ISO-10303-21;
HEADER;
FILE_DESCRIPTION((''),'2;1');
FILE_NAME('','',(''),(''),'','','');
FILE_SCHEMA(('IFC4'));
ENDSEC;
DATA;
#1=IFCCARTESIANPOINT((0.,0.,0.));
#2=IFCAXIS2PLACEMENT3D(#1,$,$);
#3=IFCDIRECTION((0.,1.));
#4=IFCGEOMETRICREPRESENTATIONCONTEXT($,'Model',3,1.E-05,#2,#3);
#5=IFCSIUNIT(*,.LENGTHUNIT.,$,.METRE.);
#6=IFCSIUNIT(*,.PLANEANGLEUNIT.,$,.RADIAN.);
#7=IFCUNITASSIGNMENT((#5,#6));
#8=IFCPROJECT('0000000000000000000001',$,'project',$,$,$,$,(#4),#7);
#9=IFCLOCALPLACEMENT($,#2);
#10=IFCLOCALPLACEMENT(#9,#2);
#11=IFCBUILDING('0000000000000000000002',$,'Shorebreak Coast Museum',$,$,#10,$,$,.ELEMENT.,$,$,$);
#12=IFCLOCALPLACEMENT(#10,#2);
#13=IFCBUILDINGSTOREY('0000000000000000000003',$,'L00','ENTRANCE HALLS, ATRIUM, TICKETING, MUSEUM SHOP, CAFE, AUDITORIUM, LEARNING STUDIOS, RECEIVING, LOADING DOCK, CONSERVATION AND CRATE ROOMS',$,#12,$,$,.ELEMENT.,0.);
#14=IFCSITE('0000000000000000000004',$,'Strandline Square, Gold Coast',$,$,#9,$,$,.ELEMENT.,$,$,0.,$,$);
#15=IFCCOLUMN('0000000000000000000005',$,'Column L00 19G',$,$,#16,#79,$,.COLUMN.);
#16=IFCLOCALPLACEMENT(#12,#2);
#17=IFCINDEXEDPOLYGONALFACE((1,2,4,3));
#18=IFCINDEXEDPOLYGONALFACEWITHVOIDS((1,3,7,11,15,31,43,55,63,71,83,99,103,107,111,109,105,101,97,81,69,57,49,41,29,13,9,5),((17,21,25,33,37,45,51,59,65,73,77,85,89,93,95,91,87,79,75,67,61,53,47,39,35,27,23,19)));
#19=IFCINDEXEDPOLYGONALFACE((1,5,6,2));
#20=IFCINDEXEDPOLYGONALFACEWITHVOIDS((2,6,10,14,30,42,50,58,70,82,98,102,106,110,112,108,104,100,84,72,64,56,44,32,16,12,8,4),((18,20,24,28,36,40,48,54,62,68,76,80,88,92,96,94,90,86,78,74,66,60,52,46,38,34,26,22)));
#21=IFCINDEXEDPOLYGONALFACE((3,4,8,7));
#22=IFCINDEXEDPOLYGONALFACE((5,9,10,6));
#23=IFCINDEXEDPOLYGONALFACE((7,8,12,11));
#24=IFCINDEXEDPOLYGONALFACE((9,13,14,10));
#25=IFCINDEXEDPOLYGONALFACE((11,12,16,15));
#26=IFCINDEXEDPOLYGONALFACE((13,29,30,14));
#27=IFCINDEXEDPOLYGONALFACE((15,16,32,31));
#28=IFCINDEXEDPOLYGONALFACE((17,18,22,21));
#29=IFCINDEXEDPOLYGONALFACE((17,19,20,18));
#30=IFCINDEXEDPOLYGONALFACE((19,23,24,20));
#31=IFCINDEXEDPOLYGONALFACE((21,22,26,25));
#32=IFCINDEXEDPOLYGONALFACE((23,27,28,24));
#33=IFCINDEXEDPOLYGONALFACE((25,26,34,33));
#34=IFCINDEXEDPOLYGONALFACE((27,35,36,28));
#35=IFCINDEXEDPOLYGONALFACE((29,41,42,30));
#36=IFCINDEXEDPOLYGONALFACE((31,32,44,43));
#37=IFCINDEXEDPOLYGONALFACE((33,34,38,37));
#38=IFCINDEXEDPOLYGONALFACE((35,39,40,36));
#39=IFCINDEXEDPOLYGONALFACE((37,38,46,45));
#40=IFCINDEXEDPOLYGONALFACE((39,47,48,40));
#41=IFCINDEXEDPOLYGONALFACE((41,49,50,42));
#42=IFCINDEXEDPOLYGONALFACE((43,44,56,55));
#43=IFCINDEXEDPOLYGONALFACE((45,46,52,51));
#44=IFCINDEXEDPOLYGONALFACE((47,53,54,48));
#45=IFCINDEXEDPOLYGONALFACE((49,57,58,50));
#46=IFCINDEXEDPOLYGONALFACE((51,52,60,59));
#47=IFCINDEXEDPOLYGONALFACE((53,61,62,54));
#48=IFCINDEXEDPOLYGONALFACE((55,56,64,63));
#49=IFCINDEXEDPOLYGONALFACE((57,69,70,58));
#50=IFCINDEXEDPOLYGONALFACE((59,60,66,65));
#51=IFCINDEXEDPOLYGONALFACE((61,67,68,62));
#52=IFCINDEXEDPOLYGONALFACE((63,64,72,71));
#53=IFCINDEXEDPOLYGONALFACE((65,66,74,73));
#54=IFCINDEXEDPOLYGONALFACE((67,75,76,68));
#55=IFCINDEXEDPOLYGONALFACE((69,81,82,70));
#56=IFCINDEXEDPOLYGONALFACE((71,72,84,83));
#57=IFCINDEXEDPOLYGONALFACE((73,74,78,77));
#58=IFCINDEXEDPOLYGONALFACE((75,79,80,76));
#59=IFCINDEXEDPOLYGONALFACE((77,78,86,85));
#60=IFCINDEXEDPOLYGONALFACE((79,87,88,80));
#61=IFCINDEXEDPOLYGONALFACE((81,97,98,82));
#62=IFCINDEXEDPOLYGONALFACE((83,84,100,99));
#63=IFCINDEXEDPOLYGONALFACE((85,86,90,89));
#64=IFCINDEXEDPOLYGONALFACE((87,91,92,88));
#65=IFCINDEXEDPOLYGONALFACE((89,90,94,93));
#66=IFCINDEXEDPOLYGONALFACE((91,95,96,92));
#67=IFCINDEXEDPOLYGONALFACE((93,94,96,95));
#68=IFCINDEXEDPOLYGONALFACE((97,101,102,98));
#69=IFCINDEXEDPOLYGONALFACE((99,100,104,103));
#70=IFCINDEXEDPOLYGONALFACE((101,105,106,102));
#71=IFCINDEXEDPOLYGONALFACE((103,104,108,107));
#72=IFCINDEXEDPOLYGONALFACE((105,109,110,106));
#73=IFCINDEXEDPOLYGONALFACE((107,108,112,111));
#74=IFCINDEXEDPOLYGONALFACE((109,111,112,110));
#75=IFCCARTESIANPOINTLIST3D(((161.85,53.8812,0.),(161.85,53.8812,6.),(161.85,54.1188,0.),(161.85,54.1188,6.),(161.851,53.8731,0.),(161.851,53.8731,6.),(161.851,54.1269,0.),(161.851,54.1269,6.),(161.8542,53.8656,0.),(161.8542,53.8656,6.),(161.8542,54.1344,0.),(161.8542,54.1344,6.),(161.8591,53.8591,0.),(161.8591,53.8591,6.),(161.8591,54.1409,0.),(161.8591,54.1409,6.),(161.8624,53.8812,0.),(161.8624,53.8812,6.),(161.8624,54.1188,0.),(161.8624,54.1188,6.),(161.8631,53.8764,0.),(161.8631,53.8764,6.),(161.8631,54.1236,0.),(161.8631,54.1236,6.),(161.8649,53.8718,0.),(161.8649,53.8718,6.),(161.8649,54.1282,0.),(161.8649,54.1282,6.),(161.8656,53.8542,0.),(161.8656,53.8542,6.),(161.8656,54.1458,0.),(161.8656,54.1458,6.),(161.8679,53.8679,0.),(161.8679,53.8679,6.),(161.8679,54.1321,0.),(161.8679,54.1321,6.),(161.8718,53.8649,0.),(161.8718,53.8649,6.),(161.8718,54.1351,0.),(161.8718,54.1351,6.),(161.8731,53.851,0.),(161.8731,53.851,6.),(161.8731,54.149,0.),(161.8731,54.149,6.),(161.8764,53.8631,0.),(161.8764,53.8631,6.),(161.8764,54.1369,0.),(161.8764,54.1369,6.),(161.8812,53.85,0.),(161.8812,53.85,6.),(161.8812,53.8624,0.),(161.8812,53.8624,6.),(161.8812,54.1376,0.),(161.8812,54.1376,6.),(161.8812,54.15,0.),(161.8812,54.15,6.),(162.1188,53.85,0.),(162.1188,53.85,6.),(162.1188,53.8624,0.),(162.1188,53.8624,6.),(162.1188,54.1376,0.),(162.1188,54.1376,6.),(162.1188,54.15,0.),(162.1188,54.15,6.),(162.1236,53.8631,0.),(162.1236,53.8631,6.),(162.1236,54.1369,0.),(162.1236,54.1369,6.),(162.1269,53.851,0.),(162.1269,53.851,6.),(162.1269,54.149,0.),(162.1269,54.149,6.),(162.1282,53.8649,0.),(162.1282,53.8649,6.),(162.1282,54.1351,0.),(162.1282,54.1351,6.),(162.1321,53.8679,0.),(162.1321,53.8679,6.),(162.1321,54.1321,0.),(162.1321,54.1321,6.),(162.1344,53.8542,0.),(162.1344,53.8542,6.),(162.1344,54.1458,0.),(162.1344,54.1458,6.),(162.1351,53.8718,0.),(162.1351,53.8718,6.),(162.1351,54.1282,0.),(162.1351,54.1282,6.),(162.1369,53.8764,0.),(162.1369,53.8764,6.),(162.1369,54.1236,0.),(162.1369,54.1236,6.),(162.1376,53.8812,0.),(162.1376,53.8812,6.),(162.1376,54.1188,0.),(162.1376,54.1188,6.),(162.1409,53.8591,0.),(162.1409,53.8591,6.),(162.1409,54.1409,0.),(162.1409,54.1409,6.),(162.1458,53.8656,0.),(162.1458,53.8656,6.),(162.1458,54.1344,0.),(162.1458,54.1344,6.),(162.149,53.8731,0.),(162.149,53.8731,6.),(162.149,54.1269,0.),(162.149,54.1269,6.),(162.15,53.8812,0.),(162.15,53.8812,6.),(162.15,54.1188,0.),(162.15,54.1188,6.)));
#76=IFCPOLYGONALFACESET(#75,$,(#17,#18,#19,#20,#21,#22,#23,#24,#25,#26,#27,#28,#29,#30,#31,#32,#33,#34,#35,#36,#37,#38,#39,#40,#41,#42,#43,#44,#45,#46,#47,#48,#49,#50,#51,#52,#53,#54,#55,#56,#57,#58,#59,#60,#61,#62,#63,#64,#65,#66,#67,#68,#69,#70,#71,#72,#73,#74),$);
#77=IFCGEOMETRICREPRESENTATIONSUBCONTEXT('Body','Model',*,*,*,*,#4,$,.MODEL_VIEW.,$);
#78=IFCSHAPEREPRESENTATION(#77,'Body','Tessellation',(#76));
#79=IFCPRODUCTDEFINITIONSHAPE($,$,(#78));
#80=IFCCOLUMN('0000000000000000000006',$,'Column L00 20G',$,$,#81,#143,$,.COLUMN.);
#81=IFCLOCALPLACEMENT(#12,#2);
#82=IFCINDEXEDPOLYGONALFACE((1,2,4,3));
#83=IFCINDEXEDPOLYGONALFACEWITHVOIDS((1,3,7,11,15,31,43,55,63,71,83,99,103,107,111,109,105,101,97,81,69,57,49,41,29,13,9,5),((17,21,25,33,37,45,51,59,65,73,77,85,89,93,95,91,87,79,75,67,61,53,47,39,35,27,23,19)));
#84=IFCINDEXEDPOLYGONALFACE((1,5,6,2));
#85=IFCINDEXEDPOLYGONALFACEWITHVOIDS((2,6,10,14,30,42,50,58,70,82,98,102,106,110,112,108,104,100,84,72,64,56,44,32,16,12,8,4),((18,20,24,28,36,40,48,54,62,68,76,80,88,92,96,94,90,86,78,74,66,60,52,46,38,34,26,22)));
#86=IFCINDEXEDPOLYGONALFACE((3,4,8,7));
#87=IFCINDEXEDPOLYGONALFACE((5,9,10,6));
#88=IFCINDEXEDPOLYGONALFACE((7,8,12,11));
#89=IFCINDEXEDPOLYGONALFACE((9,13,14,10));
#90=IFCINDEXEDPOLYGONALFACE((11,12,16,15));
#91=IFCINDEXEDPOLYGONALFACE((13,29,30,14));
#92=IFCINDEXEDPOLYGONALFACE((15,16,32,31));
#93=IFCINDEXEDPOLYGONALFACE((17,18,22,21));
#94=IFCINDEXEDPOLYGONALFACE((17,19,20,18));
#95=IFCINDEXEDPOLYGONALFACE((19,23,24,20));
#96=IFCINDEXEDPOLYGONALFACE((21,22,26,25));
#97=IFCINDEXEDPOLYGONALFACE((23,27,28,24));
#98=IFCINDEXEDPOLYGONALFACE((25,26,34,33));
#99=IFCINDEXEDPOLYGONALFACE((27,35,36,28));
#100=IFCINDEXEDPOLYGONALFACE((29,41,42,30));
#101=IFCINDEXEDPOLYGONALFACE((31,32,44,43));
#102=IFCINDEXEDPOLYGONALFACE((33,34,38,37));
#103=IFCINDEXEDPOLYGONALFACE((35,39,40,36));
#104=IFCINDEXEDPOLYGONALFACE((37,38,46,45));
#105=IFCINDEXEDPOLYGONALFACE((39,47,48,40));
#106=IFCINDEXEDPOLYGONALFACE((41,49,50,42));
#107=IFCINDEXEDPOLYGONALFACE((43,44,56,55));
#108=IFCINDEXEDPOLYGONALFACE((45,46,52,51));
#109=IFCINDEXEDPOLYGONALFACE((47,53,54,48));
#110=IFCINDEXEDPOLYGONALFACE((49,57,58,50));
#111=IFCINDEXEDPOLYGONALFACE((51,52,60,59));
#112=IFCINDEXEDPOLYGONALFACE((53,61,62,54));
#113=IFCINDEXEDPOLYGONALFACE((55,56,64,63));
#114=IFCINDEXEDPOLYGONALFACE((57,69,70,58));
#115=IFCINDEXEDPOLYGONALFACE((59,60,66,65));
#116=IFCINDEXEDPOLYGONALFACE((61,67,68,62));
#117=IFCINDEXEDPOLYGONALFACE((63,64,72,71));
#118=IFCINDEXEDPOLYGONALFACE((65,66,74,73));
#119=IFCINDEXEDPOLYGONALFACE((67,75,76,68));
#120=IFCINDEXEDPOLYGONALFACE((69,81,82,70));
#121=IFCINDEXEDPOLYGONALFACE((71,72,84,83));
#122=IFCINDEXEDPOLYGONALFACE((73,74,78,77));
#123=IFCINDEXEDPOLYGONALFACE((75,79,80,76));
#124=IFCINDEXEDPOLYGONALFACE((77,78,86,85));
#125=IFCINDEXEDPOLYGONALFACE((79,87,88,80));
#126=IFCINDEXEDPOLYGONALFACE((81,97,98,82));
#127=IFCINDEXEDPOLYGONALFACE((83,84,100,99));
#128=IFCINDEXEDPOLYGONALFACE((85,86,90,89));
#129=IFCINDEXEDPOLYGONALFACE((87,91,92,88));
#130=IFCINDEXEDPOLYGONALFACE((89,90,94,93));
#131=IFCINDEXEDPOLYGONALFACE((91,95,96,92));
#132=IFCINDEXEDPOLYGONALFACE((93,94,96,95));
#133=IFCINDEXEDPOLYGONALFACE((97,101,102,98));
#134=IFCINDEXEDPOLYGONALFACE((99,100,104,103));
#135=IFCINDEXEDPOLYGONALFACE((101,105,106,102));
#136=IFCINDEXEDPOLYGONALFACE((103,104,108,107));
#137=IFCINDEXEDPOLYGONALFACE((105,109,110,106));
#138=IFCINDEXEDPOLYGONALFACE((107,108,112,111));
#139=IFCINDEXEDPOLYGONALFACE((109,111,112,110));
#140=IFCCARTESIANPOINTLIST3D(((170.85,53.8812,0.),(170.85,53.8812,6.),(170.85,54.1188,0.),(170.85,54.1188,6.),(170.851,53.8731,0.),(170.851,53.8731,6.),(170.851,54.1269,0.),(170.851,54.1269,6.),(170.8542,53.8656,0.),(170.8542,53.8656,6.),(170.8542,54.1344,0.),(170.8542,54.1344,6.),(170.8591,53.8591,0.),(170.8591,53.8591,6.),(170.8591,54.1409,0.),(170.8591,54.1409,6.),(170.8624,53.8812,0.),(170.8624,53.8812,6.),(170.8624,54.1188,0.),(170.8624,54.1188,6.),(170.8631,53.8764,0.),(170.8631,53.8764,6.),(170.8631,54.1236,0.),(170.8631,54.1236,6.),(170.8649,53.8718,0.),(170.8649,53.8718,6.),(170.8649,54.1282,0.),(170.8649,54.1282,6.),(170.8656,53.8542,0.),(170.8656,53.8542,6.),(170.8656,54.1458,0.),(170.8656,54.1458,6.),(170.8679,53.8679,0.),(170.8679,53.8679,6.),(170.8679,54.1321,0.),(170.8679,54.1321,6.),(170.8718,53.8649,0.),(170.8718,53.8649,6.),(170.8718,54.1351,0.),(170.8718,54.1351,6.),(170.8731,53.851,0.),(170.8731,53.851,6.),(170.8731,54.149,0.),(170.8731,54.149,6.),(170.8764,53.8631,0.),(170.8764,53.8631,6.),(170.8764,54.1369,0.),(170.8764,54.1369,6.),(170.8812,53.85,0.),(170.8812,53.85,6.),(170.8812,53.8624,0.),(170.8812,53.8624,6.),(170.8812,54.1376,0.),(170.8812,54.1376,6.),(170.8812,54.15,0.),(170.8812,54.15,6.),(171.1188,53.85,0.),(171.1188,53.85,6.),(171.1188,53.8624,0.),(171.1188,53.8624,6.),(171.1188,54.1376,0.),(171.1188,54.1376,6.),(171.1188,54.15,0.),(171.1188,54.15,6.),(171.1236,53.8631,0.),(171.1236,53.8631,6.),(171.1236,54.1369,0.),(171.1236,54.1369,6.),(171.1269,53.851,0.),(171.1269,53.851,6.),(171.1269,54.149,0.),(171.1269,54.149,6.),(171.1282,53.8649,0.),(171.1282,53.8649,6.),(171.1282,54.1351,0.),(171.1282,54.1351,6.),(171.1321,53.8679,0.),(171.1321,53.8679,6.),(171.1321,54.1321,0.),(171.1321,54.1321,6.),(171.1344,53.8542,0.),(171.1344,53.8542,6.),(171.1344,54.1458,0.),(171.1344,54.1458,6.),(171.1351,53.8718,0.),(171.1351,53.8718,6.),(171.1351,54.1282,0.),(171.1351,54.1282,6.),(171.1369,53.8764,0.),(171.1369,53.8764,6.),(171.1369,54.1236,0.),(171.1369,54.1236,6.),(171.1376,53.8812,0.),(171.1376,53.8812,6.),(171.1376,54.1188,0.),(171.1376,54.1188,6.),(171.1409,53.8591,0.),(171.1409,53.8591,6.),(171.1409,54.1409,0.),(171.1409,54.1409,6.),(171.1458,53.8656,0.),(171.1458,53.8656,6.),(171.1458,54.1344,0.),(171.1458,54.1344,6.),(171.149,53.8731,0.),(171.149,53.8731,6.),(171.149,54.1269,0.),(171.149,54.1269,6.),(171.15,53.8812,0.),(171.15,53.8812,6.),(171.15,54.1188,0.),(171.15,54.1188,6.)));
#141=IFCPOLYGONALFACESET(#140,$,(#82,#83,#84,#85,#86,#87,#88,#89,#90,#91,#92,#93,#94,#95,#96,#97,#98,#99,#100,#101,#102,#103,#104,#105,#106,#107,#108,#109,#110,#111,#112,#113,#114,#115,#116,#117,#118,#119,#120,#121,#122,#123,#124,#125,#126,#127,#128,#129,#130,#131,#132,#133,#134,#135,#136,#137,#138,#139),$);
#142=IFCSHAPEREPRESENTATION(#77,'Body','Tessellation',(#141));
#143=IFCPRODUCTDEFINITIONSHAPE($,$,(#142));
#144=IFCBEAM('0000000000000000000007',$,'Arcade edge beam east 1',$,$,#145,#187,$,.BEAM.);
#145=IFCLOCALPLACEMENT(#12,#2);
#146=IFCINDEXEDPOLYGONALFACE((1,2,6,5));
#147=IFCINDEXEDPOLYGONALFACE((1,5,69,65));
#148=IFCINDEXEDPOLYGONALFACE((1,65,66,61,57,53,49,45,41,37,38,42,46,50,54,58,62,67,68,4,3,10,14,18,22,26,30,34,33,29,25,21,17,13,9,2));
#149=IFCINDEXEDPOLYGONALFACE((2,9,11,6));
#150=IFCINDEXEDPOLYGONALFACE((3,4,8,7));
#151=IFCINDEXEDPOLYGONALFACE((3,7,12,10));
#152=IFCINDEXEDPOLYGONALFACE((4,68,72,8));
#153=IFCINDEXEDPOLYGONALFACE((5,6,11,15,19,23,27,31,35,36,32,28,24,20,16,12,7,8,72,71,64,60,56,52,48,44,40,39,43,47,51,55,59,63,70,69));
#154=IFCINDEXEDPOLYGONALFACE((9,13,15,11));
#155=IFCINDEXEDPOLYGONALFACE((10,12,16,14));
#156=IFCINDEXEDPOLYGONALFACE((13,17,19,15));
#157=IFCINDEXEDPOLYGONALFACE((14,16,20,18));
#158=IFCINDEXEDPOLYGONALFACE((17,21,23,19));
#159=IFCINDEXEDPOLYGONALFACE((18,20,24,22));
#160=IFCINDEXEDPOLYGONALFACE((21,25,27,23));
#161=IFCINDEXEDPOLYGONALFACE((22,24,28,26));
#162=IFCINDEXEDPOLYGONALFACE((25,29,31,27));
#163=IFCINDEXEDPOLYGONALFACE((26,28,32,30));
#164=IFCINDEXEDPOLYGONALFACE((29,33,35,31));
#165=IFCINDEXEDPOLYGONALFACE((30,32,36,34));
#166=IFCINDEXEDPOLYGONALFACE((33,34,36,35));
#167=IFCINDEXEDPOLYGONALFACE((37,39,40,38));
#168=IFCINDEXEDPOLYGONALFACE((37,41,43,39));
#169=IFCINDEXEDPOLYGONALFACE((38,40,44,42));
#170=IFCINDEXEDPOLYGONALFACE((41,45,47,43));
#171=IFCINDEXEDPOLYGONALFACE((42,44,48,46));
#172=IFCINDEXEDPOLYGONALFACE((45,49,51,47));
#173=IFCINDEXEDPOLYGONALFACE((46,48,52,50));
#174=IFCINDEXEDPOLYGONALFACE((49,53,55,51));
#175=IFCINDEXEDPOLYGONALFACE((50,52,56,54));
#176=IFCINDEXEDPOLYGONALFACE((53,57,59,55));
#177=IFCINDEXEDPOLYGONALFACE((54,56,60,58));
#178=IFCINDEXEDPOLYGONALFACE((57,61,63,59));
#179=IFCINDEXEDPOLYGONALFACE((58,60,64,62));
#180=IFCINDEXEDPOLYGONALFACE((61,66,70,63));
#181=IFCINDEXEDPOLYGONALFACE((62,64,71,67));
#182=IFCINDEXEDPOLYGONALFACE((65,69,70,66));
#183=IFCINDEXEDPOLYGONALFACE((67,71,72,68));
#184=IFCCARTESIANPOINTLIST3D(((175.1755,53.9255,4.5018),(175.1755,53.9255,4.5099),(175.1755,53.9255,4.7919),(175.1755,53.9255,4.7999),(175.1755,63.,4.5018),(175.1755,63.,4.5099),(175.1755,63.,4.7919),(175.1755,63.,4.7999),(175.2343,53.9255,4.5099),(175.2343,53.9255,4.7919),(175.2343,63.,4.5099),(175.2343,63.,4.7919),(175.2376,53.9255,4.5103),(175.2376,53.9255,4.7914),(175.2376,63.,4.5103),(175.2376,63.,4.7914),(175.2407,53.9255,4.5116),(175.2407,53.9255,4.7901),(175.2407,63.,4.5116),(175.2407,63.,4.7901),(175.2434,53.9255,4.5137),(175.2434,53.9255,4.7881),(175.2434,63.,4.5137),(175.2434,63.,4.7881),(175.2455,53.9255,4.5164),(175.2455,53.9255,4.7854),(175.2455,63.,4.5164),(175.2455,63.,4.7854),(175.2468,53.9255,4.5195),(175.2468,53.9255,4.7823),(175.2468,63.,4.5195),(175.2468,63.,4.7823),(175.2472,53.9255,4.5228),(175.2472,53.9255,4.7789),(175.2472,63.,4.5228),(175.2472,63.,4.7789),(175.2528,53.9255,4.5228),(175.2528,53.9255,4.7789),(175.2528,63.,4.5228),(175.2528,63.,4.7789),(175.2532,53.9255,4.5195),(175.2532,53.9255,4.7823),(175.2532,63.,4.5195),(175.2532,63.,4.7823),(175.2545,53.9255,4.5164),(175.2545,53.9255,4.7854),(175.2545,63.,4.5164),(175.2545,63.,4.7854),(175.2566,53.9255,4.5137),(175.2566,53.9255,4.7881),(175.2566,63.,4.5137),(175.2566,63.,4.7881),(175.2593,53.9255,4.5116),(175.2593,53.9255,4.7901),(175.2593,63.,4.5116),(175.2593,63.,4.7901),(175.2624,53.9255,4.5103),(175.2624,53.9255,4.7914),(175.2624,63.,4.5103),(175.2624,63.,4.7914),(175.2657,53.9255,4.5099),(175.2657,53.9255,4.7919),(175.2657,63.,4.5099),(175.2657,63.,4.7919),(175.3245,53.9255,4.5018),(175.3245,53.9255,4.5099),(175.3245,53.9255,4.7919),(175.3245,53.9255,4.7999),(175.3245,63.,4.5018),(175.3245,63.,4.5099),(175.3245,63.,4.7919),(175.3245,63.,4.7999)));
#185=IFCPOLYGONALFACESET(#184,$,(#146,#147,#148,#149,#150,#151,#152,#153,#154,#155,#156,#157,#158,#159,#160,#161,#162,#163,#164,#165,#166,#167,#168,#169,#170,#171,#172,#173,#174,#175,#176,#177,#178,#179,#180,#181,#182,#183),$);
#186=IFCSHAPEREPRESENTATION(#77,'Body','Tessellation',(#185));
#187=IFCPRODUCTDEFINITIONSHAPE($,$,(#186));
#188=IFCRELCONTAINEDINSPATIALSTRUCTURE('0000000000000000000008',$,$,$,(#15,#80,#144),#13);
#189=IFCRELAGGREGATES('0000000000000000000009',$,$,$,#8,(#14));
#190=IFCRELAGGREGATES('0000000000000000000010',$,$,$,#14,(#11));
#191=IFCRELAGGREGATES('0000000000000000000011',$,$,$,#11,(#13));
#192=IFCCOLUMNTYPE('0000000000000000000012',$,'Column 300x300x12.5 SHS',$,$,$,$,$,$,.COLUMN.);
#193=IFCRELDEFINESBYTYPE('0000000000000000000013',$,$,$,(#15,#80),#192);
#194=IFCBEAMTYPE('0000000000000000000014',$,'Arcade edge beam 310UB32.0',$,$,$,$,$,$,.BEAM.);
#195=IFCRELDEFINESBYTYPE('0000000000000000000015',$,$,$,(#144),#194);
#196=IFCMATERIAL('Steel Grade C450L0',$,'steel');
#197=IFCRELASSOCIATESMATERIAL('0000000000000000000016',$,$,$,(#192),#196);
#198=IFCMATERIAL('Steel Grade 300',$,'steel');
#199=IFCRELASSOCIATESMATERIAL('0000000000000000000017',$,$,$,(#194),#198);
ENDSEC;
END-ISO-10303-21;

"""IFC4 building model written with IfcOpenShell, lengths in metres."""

from ifc_helpers import new_model, si_unit, direction, frame, origin, origin_2d, place, context, subcontext, project, spatial, hollow_rectangle, i_section, extrude, material, material_profile, profile_set, type_object, element, save


model = new_model("IFC4")

# Units and contexts
model_context = context("Model", 3, precision=1e-05, world=origin(), true_north=direction((0.0, 1.0)))
body_context = subcontext(model_context, "Body", "Model", "MODEL_VIEW")
ifc_project = project(units=[si_unit("LENGTHUNIT", "METRE"), si_unit("PLANEANGLEUNIT", "RADIAN")], contexts=[model_context])

# Site, building, storey
site_placement = place(None, origin())
site = spatial("IfcSite", under=ifc_project, at=site_placement, Name="Strandline Square, Gold Coast", CompositionType="ELEMENT", RefElevation=0.0)
building_placement = place(site_placement, origin())
building = spatial("IfcBuilding", under=site, at=building_placement, Name="Shorebreak Coast Museum", CompositionType="ELEMENT")
storey_placement = place(building_placement, origin())
storey = spatial("IfcBuildingStorey", under=building, at=storey_placement, Name="L00", Description="ENTRANCE HALLS, ATRIUM, TICKETING, MUSEUM SHOP, CAFE, AUDITORIUM, LEARNING STUDIOS, RECEIVING, LOADING DOCK, CONSERVATION AND CRATE ROOMS", CompositionType="ELEMENT", Elevation=0.0)

# Columns
ifc_material_1 = material(Name="Steel Grade C450L0", Category="steel")
ifc_material_profile_1 = material_profile(ifc_material_1, hollow_rectangle(XDim=0.3, YDim=0.3, WallThickness=0.0125, InnerFilletRadius=0.0188, OuterFilletRadius=0.0312, at=origin_2d()), Name="300x300x12.5 SHS")
ifc_profile_set_1 = profile_set([ifc_material_profile_1], Name="Steel Grade C450L0")
column_type_1 = type_object("IfcColumnType", Name="Column 300x300x12.5 SHS", PredefinedType="COLUMN", material=ifc_profile_set_1)
for number, where, z_axis, x_axis, name in (
    (1, (162.0, 54.0, 0.0), (0.0, 0.0, 1.0), (1.0, 0.0, 0.0), "Column L00 19G"),
    (2, (171.0, 54.0, 0.0), (0.0, 0.0, 1.0), (1.0, 0.0, 0.0), "Column L00 20G"),
):
    element("IfcColumn", number, at=place(storey_placement, frame(where, z_axis=z_axis, x_axis=x_axis)), inside=storey, type_object=column_type_1, Name=name, PredefinedType="COLUMN", context=body_context, shape_type="SweptSolid", body=[
        extrude(hollow_rectangle(XDim=0.3, YDim=0.3, WallThickness=0.0125, InnerFilletRadius=0.0188, OuterFilletRadius=0.0312, at=origin_2d()), origin(), (0.0, 0.0, 1.0), 6.0),
    ])

# Beam
ifc_material_2 = material(Name="Steel Grade 300", Category="steel")
ifc_material_profile_2 = material_profile(ifc_material_2, i_section(OverallWidth=0.1489, OverallDepth=0.2981, WebThickness=0.0056, FlangeThickness=0.0081, FilletRadius=0.0129, at=origin_2d()), Name="310UB32.0")
ifc_profile_set_2 = profile_set([ifc_material_profile_2], Name="Steel Grade 300")
beam_type_1 = type_object("IfcBeamType", Name="Arcade edge beam 310UB32.0", PredefinedType="BEAM", material=ifc_profile_set_2)
beam_1_placement = place(storey_placement, frame((175.25, 53.9255, 4.6509), z_axis=(0.0, 1.0, 0.0), x_axis=(-1.0, 0.0, 0.0)))
element("IfcBeam", 3, at=beam_1_placement, inside=storey, type_object=beam_type_1, Name="Arcade edge beam east 1", PredefinedType="BEAM", context=body_context, shape_type="SweptSolid", body=[
    extrude(i_section(OverallWidth=0.1489, OverallDepth=0.2981, WebThickness=0.0056, FlangeThickness=0.0081, FilletRadius=0.0129, at=origin_2d()), origin(), (0.0, 0.0, 1.0), 9.0745),
])

save(model, "model.ifc")
